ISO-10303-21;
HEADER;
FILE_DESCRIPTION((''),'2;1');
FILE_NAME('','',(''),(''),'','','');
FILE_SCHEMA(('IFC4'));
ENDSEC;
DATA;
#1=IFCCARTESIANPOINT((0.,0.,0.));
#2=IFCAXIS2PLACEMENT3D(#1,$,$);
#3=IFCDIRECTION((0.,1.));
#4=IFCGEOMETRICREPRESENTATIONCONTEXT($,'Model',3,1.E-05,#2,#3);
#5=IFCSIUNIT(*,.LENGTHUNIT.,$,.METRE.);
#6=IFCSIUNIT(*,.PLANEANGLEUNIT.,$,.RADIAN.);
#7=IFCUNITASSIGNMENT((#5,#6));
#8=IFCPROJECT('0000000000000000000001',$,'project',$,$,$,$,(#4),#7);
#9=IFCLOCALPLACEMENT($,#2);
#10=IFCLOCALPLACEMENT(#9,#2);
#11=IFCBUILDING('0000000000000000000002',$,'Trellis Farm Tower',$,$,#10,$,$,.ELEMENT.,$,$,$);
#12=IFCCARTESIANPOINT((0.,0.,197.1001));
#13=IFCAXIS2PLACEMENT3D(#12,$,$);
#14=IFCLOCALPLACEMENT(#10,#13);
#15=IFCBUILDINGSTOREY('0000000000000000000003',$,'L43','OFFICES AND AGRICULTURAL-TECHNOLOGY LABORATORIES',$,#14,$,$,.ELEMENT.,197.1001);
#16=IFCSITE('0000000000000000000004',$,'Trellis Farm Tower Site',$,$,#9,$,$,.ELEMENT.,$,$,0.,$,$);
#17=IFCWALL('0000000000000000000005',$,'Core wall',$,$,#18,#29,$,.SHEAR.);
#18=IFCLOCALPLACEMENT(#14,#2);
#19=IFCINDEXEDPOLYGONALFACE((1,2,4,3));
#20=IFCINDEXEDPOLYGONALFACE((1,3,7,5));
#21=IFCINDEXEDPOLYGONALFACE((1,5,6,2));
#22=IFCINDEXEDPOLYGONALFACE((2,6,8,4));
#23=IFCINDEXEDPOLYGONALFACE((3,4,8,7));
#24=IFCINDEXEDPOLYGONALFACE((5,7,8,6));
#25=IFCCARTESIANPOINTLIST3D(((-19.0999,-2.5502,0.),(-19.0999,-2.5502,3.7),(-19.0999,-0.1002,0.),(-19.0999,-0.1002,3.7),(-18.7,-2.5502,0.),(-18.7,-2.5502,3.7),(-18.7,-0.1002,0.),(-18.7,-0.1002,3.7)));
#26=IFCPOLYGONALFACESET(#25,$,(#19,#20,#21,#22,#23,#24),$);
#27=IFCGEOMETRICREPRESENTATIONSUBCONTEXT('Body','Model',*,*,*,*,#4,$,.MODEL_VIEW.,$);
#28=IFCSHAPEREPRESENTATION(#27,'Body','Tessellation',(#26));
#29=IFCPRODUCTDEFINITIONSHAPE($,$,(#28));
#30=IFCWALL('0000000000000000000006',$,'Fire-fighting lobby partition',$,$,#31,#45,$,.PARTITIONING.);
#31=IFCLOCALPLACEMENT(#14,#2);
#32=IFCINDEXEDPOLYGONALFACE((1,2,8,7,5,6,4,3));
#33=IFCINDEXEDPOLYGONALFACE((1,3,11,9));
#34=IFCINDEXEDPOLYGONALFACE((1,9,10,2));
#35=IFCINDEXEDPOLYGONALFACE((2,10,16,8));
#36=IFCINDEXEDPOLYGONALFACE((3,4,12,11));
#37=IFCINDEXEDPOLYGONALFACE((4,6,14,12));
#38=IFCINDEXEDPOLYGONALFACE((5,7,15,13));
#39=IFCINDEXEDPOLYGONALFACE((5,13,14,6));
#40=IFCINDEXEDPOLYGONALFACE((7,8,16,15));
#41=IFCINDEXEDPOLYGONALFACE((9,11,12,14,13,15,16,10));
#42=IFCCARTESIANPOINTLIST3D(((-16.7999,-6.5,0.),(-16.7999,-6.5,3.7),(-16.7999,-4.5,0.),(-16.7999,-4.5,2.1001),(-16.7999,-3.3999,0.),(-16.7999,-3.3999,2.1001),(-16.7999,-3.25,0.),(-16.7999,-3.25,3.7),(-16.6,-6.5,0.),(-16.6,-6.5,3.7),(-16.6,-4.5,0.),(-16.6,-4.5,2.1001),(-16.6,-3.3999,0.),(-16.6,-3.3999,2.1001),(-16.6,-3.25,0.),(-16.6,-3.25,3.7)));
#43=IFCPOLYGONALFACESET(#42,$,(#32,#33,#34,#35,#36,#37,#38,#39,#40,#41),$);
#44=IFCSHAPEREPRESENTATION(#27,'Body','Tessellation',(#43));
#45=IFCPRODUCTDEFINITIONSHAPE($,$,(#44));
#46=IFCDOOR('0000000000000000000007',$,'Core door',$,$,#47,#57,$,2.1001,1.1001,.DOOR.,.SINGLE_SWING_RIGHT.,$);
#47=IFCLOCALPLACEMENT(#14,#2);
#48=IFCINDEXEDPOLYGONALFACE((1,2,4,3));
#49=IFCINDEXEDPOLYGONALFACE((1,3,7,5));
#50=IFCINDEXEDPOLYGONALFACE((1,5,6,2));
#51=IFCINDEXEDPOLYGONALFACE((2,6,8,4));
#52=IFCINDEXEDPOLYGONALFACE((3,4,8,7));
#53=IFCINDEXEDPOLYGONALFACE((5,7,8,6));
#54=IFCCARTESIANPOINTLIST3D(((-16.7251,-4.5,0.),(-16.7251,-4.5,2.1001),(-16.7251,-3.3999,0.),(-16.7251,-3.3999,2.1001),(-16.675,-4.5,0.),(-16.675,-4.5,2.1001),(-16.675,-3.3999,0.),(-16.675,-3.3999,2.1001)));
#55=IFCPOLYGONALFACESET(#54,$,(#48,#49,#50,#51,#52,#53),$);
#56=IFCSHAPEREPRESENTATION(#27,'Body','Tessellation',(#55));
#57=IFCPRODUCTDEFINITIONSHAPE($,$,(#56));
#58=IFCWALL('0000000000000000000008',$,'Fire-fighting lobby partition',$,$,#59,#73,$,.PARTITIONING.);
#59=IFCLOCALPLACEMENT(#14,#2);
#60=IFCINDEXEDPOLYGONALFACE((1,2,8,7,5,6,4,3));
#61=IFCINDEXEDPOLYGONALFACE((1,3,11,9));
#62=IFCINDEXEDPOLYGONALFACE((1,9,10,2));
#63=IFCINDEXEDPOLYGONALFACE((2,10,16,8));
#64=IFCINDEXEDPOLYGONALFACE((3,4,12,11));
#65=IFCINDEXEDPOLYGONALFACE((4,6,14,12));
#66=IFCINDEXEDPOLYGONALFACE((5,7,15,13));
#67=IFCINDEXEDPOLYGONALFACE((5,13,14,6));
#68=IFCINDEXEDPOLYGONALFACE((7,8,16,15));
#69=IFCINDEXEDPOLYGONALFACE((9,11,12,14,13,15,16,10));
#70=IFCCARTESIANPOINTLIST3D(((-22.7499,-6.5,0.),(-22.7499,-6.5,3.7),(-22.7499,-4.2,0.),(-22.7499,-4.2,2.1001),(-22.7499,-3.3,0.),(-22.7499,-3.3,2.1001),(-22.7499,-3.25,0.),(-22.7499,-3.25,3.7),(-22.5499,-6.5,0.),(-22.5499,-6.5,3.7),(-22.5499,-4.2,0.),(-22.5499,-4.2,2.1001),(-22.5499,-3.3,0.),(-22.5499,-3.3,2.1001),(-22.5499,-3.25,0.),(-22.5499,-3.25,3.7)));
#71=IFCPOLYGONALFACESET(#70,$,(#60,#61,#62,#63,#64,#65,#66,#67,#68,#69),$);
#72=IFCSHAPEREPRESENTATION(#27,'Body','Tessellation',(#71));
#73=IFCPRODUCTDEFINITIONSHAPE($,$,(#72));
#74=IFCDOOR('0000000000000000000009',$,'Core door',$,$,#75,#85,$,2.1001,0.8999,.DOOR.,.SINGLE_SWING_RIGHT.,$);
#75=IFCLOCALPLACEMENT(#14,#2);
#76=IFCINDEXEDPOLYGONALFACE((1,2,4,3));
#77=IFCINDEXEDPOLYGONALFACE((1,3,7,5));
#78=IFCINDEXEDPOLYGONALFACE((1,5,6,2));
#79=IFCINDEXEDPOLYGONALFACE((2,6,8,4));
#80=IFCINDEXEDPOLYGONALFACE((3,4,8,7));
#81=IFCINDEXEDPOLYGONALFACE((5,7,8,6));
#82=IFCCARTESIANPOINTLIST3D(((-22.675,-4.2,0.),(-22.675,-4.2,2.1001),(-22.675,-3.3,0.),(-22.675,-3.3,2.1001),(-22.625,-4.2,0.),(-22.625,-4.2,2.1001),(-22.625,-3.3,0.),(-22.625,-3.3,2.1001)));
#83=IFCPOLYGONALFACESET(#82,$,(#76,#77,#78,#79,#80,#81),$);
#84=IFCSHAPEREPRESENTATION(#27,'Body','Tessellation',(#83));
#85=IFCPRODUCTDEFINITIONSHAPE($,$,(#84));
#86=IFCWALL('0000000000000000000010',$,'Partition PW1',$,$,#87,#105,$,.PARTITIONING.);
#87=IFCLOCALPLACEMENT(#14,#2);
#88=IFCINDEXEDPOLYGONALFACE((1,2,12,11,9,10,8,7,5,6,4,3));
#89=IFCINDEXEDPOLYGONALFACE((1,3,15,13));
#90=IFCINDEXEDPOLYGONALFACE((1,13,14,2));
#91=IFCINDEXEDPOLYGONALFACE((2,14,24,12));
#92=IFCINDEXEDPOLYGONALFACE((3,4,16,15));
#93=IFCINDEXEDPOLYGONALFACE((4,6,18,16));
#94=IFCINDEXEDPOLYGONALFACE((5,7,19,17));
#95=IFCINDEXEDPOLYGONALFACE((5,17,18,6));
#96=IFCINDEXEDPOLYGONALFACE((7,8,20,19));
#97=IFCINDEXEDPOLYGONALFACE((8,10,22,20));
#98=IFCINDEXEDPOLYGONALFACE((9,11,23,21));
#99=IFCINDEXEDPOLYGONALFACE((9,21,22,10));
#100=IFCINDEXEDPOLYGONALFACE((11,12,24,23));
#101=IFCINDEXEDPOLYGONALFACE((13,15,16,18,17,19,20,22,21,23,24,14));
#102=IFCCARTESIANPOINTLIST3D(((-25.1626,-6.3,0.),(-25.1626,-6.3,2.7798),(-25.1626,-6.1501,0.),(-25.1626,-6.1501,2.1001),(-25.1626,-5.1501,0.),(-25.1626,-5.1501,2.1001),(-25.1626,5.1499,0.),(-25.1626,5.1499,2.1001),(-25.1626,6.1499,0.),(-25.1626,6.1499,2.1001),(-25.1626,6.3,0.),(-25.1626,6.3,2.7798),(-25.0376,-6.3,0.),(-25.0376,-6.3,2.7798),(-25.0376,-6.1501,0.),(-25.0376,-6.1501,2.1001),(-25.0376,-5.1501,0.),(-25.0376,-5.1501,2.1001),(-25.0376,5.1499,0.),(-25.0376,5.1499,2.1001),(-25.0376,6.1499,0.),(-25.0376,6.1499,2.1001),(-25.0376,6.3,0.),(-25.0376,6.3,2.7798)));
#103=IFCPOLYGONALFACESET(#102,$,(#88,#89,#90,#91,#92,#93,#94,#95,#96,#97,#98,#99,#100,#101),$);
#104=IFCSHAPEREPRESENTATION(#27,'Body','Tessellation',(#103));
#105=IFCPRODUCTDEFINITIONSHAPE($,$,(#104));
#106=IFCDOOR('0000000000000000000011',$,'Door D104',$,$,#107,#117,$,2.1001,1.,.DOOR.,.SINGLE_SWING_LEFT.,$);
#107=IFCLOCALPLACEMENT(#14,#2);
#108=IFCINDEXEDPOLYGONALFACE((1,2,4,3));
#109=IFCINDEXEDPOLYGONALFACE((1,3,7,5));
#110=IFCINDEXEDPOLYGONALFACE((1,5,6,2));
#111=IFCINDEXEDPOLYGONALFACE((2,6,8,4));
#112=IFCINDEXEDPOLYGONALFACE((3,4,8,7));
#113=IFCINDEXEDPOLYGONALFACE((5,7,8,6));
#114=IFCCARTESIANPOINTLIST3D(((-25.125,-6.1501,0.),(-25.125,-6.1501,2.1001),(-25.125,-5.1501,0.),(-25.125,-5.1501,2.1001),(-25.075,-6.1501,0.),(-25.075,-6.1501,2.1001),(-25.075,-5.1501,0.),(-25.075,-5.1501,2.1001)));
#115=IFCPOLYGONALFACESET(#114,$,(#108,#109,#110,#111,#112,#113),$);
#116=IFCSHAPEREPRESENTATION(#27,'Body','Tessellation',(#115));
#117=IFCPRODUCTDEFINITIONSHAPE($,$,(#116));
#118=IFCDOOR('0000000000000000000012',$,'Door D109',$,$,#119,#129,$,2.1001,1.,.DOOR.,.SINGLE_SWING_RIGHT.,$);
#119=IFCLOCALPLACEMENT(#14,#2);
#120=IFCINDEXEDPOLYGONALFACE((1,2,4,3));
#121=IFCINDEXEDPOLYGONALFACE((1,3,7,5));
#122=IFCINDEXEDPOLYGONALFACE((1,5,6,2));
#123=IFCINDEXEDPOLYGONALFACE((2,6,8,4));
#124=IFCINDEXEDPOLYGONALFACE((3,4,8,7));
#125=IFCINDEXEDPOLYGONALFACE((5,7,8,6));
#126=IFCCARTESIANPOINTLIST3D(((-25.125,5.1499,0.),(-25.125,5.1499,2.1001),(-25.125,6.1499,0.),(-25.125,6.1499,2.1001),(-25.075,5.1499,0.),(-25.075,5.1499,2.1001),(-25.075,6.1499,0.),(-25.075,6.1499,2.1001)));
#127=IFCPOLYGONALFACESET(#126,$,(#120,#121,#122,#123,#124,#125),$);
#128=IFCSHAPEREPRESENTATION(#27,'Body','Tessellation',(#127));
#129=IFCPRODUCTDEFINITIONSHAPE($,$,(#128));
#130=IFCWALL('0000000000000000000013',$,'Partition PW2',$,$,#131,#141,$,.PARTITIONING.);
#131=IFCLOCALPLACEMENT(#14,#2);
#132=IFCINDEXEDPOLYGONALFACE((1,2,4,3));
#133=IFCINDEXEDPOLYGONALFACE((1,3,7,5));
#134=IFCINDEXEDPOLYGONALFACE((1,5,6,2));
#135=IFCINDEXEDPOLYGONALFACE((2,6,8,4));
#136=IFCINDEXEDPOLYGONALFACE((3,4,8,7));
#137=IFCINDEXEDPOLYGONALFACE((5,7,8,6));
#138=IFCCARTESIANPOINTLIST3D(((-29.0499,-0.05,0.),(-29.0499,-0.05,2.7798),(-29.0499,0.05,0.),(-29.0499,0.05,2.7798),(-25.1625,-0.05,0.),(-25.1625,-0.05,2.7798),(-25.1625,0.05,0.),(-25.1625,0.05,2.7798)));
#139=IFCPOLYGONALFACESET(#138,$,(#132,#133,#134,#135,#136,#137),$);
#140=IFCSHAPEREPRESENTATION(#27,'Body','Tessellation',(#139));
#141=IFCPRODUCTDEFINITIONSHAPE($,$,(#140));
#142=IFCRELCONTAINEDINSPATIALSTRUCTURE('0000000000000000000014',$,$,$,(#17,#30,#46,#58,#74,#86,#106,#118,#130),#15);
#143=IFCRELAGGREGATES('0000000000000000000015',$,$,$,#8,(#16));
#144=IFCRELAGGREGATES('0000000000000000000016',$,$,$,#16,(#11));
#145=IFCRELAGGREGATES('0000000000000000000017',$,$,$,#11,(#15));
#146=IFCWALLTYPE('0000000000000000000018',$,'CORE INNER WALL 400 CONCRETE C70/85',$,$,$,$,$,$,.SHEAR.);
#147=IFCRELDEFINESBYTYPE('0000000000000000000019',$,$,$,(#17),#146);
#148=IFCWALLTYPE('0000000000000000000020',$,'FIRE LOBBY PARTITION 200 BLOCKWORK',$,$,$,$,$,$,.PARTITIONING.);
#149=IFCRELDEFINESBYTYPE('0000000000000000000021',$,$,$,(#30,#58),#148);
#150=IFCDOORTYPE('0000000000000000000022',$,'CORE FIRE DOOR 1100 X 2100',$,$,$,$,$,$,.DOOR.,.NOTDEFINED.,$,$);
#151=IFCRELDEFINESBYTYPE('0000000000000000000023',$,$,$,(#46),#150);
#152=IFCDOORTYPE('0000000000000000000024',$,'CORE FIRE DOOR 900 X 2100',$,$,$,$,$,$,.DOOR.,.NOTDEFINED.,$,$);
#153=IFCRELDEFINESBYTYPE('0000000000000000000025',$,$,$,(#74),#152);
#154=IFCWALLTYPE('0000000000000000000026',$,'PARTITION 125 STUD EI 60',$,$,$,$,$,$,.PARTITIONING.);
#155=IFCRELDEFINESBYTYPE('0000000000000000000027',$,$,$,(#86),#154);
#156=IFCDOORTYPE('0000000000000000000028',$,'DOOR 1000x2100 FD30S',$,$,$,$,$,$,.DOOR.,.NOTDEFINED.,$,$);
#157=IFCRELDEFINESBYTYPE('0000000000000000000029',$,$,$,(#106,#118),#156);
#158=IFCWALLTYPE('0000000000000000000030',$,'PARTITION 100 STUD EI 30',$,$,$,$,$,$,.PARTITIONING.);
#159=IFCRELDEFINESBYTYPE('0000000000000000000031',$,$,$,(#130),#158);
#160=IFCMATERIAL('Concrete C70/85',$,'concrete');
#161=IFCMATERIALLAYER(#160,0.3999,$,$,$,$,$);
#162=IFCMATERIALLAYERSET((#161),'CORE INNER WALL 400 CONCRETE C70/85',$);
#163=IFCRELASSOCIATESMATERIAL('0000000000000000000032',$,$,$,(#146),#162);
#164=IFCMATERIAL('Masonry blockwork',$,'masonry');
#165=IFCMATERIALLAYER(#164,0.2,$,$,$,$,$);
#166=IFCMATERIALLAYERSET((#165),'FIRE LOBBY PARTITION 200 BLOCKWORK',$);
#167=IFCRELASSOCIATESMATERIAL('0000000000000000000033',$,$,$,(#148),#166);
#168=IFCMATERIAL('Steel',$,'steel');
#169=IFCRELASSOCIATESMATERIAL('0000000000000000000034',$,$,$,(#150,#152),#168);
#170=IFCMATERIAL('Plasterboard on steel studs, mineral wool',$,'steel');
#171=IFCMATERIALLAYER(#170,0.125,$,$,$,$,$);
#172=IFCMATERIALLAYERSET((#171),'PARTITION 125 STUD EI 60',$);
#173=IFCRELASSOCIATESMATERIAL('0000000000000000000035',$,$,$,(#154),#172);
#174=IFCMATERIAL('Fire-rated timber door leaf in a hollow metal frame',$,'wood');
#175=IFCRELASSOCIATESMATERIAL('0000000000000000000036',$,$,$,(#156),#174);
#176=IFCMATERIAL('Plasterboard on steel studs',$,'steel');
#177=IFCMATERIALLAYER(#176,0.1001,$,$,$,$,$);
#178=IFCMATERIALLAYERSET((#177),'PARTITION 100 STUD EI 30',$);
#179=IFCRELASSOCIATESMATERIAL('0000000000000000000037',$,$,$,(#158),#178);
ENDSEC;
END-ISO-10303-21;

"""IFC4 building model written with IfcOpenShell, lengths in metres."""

from ifc_helpers import new_model, si_unit, direction, frame, frame_2d, origin, place, context, subcontext, project, spatial, rectangle, extrude, source, transform, mapped, material, layer, layer_set, type_object, element, fill, save


model = new_model("IFC4")

# Units and contexts
model_context = context("Model", 3, precision=1e-05, world=origin(), true_north=direction((0.0, 1.0)))
body_context = subcontext(model_context, "Body", "Model", "MODEL_VIEW")
ifc_project = project(units=[si_unit("LENGTHUNIT", "METRE"), si_unit("PLANEANGLEUNIT", "RADIAN")], contexts=[model_context])

# Site, building, storey
site_placement = place(None, origin())
site = spatial("IfcSite", under=ifc_project, at=site_placement, Name="Trellis Farm Tower Site", CompositionType="ELEMENT", RefElevation=0.0)
building_placement = place(site_placement, origin())
building = spatial("IfcBuilding", under=site, at=building_placement, Name="Trellis Farm Tower", CompositionType="ELEMENT")
storey_placement = place(building_placement, frame((0.0, 0.0, 197.1001)))
storey = spatial("IfcBuildingStorey", under=building, at=storey_placement, Name="L43", Description="OFFICES AND AGRICULTURAL-TECHNOLOGY LABORATORIES", CompositionType="ELEMENT", Elevation=197.1001)

# Shared definitions
ifc_material_1 = material(Name="Concrete C70/85", Category="concrete")

# Wall
ifc_layer_1 = layer(ifc_material_1, 0.3999)
ifc_layer_set_1 = layer_set([ifc_layer_1], Name="CORE INNER WALL 400 CONCRETE C70/85")
wall_type_1 = type_object("IfcWallType", Name="CORE INNER WALL 400 CONCRETE C70/85", PredefinedType="SHEAR", material=ifc_layer_set_1)
shared_shape_1 = source(origin(), body_context, "Body", "SweptSolid", [
    extrude(rectangle(XDim=2.45, YDim=0.3999, at=frame_2d((1.2251, 0.0))), origin(), (0.0, 0.0, 1.0), 3.7),
])
for number, where, z_axis, x_axis, name in (
    (1, (-18.8999, -0.1001, 0.0), (0.0, 0.0, 1.0), (0.0, -1.0, 0.0), "Core wall"),
):
    element("IfcWall", number, at=place(storey_placement, frame(where, z_axis=z_axis, x_axis=x_axis)), inside=storey, type_object=wall_type_1, Name=name, PredefinedType="SHEAR", context=body_context, shape_type="MappedRepresentation", body=[
        mapped(shared_shape_1, transform((0.0, 0.0, 0.0))),
    ])

# Walls, openings, doors
ifc_material_2 = material(Name="Masonry blockwork", Category="masonry")
ifc_layer_2 = layer(ifc_material_2, 0.2)
ifc_layer_set_2 = layer_set([ifc_layer_2], Name="FIRE LOBBY PARTITION 200 BLOCKWORK")
wall_type_2 = type_object("IfcWallType", Name="FIRE LOBBY PARTITION 200 BLOCKWORK", PredefinedType="PARTITIONING", material=ifc_layer_set_2)
shared_shape_2 = source(origin(), body_context, "Body", "SweptSolid", [
    extrude(rectangle(XDim=3.25, YDim=0.2, at=frame_2d((1.625, 0.0))), origin(), (0.0, 0.0, 1.0), 3.7),
])
wall_1_placement = place(storey_placement, frame((-16.7, -3.25, 0.0), z_axis=(0.0, 0.0, 1.0), x_axis=(0.0, -1.0, 0.0)))
wall_1 = element("IfcWall", 2, at=wall_1_placement, inside=storey, type_object=wall_type_2, Name="Fire-fighting lobby partition", PredefinedType="PARTITIONING", context=body_context, shape_type="MappedRepresentation", body=[
    mapped(shared_shape_2, transform((0.0, 0.0, 0.0))),
])
shared_shape_3 = source(origin(), body_context, "Body", "SweptSolid", [
    extrude(rectangle(XDim=1.1001, YDim=2.1001, at=frame_2d((0.55, 1.05))), frame((0.0, 0.1101, 0.0), z_axis=(0.0, -1.0, 0.0), x_axis=(1.0, 0.0, 0.0)), (0.0, 0.0, 1.0), 0.2202),
])
opening_1_placement = place(wall_1_placement, frame((0.1499, 0.0, 0.0)))
opening_1 = element("IfcOpeningElement", 3, at=opening_1_placement, cuts=wall_1, PredefinedType="OPENING", context=body_context, shape_type="MappedRepresentation", body=[
    mapped(shared_shape_3, transform((0.0, 0.0, 0.0))),
])
ifc_material_3 = material(Name="Steel", Category="steel")
door_type_1 = type_object("IfcDoorType", Name="CORE FIRE DOOR 1100 X 2100", OperationType="NOTDEFINED", PredefinedType="DOOR", material=ifc_material_3)
shared_shape_4 = source(origin(), body_context, "Body", "SweptSolid", [
    extrude(rectangle(XDim=1.1001, YDim=2.1001, at=frame_2d((0.55, 1.05))), frame((0.0, 0.0249, 0.0), z_axis=(0.0, -1.0, 0.0), x_axis=(1.0, 0.0, 0.0)), (0.0, 0.0, 1.0), 0.05),
])
door_1_placement = place(opening_1_placement, origin())
door_1 = element("IfcDoor", 4, at=door_1_placement, inside=storey, type_object=door_type_1, Name="Core door", OperationType="SINGLE_SWING_RIGHT", OverallHeight=2.1001, OverallWidth=1.1001, PredefinedType="DOOR", context=body_context, shape_type="MappedRepresentation", body=[
    mapped(shared_shape_4, transform((0.0, 0.0, 0.0))),
])
fill(opening_1, door_1)
wall_2_placement = place(storey_placement, frame((-22.6499, -3.25, 0.0), z_axis=(0.0, 0.0, 1.0), x_axis=(0.0, -1.0, 0.0)))
wall_2 = element("IfcWall", 5, at=wall_2_placement, inside=storey, type_object=wall_type_2, Name="Fire-fighting lobby partition", PredefinedType="PARTITIONING", context=body_context, shape_type="MappedRepresentation", body=[
    mapped(shared_shape_2, transform((0.0, 0.0, 0.0))),
])
shared_shape_5 = source(origin(), body_context, "Body", "SweptSolid", [
    extrude(rectangle(XDim=0.8999, YDim=2.1001, at=frame_2d((0.45, 1.05))), frame((0.0, 0.1101, 0.0), z_axis=(0.0, -1.0, 0.0), x_axis=(1.0, 0.0, 0.0)), (0.0, 0.0, 1.0), 0.2202),
])
opening_2_placement = place(wall_2_placement, frame((0.05, 0.0, 0.0)))
opening_2 = element("IfcOpeningElement", 6, at=opening_2_placement, cuts=wall_2, PredefinedType="OPENING", context=body_context, shape_type="MappedRepresentation", body=[
    mapped(shared_shape_5, transform((0.0, 0.0, 0.0))),
])
door_type_2 = type_object("IfcDoorType", Name="CORE FIRE DOOR 900 X 2100", OperationType="NOTDEFINED", PredefinedType="DOOR", material=ifc_material_3)
shared_shape_6 = source(origin(), body_context, "Body", "SweptSolid", [
    extrude(rectangle(XDim=0.8999, YDim=2.1001, at=frame_2d((0.45, 1.05))), frame((0.0, 0.0249, 0.0), z_axis=(0.0, -1.0, 0.0), x_axis=(1.0, 0.0, 0.0)), (0.0, 0.0, 1.0), 0.05),
])
door_2_placement = place(opening_2_placement, origin())
door_2 = element("IfcDoor", 7, at=door_2_placement, inside=storey, type_object=door_type_2, Name="Core door", OperationType="SINGLE_SWING_RIGHT", OverallHeight=2.1001, OverallWidth=0.8999, PredefinedType="DOOR", context=body_context, shape_type="MappedRepresentation", body=[
    mapped(shared_shape_6, transform((0.0, 0.0, 0.0))),
])
fill(opening_2, door_2)

# Wall, openings, doors
ifc_material_4 = material(Name="Plasterboard on steel studs, mineral wool", Category="steel")
ifc_layer_3 = layer(ifc_material_4, 0.125)
ifc_layer_set_3 = layer_set([ifc_layer_3], Name="PARTITION 125 STUD EI 60")
wall_type_3 = type_object("IfcWallType", Name="PARTITION 125 STUD EI 60", PredefinedType="PARTITIONING", material=ifc_layer_set_3)
shared_shape_7 = source(origin(), body_context, "Body", "SweptSolid", [
    extrude(rectangle(XDim=12.6001, YDim=0.125, at=frame_2d((6.3, 0.0))), origin(), (0.0, 0.0, 1.0), 2.7798),
])
wall_3_placement = place(storey_placement, frame((-25.1001, -6.3, 0.0), z_axis=(0.0, 0.0, 1.0), x_axis=(0.0, 1.0, 0.0)))
wall_3 = element("IfcWall", 8, at=wall_3_placement, inside=storey, type_object=wall_type_3, Name="Partition PW1", PredefinedType="PARTITIONING", context=body_context, shape_type="MappedRepresentation", body=[
    mapped(shared_shape_7, transform((0.0, 0.0, 0.0))),
])
shared_shape_8 = source(origin(), body_context, "Body", "SweptSolid", [
    extrude(rectangle(XDim=1.0, YDim=2.1001, at=frame_2d((0.5, 1.05))), frame((0.0, 0.0725, 0.0), z_axis=(0.0, -1.0, 0.0), x_axis=(1.0, 0.0, 0.0)), (0.0, 0.0, 1.0), 0.145),
])
opening_3_placement = place(wall_3_placement, frame((0.1499, 0.0, 0.0)))
opening_3 = element("IfcOpeningElement", 9, at=opening_3_placement, cuts=wall_3, PredefinedType="OPENING", context=body_context, shape_type="MappedRepresentation", body=[
    mapped(shared_shape_8, transform((0.0, 0.0, 0.0))),
])
opening_4_placement = place(wall_3_placement, frame((11.45, 0.0, 0.0)))
opening_4 = element("IfcOpeningElement", 10, at=opening_4_placement, cuts=wall_3, PredefinedType="OPENING", context=body_context, shape_type="MappedRepresentation", body=[
    mapped(shared_shape_8, transform((0.0, 0.0, 0.0))),
])
ifc_material_5 = material(Name="Fire-rated timber door leaf in a hollow metal frame", Category="wood")
door_type_3 = type_object("IfcDoorType", Name="DOOR 1000x2100 FD30S", OperationType="NOTDEFINED", PredefinedType="DOOR", material=ifc_material_5)
shared_shape_9 = source(origin(), body_context, "Body", "SweptSolid", [
    extrude(rectangle(XDim=1.0, YDim=2.1001, at=frame_2d((0.5, 1.05))), frame((0.0, 0.0249, 0.0), z_axis=(0.0, -1.0, 0.0), x_axis=(1.0, 0.0, 0.0)), (0.0, 0.0, 1.0), 0.05),
])
door_3_placement = place(opening_3_placement, origin())
door_3 = element("IfcDoor", 11, at=door_3_placement, inside=storey, type_object=door_type_3, Name="Door D104", OperationType="SINGLE_SWING_LEFT", OverallHeight=2.1001, OverallWidth=1.0, PredefinedType="DOOR", context=body_context, shape_type="MappedRepresentation", body=[
    mapped(shared_shape_9, transform((0.0, 0.0, 0.0))),
])
fill(opening_3, door_3)
door_4_placement = place(opening_4_placement, origin())
door_4 = element("IfcDoor", 12, at=door_4_placement, inside=storey, type_object=door_type_3, Name="Door D109", OperationType="SINGLE_SWING_RIGHT", OverallHeight=2.1001, OverallWidth=1.0, PredefinedType="DOOR", context=body_context, shape_type="MappedRepresentation", body=[
    mapped(shared_shape_9, transform((0.0, 0.0, 0.0))),
])
fill(opening_4, door_4)

# Wall
ifc_material_6 = material(Name="Plasterboard on steel studs", Category="steel")
ifc_layer_4 = layer(ifc_material_6, 0.1001)
ifc_layer_set_4 = layer_set([ifc_layer_4], Name="PARTITION 100 STUD EI 30")
wall_type_4 = type_object("IfcWallType", Name="PARTITION 100 STUD EI 30", PredefinedType="PARTITIONING", material=ifc_layer_set_4)
shared_shape_10 = source(origin(), body_context, "Body", "SweptSolid", [
    extrude(rectangle(XDim=3.8875, YDim=0.1001, at=frame_2d((1.9438, 0.0))), origin(), (0.0, 0.0, 1.0), 2.7798),
])
wall_4_placement = place(storey_placement, frame((-29.05, 0.0, 0.0), z_axis=(0.0, 0.0, 1.0), x_axis=(1.0, 0.0, 0.0)))
element("IfcWall", 13, at=wall_4_placement, inside=storey, type_object=wall_type_4, Name="Partition PW2", PredefinedType="PARTITIONING", context=body_context, shape_type="MappedRepresentation", body=[
    mapped(shared_shape_10, transform((0.0, 0.0, 0.0))),
])

save(model, "model.ifc")
